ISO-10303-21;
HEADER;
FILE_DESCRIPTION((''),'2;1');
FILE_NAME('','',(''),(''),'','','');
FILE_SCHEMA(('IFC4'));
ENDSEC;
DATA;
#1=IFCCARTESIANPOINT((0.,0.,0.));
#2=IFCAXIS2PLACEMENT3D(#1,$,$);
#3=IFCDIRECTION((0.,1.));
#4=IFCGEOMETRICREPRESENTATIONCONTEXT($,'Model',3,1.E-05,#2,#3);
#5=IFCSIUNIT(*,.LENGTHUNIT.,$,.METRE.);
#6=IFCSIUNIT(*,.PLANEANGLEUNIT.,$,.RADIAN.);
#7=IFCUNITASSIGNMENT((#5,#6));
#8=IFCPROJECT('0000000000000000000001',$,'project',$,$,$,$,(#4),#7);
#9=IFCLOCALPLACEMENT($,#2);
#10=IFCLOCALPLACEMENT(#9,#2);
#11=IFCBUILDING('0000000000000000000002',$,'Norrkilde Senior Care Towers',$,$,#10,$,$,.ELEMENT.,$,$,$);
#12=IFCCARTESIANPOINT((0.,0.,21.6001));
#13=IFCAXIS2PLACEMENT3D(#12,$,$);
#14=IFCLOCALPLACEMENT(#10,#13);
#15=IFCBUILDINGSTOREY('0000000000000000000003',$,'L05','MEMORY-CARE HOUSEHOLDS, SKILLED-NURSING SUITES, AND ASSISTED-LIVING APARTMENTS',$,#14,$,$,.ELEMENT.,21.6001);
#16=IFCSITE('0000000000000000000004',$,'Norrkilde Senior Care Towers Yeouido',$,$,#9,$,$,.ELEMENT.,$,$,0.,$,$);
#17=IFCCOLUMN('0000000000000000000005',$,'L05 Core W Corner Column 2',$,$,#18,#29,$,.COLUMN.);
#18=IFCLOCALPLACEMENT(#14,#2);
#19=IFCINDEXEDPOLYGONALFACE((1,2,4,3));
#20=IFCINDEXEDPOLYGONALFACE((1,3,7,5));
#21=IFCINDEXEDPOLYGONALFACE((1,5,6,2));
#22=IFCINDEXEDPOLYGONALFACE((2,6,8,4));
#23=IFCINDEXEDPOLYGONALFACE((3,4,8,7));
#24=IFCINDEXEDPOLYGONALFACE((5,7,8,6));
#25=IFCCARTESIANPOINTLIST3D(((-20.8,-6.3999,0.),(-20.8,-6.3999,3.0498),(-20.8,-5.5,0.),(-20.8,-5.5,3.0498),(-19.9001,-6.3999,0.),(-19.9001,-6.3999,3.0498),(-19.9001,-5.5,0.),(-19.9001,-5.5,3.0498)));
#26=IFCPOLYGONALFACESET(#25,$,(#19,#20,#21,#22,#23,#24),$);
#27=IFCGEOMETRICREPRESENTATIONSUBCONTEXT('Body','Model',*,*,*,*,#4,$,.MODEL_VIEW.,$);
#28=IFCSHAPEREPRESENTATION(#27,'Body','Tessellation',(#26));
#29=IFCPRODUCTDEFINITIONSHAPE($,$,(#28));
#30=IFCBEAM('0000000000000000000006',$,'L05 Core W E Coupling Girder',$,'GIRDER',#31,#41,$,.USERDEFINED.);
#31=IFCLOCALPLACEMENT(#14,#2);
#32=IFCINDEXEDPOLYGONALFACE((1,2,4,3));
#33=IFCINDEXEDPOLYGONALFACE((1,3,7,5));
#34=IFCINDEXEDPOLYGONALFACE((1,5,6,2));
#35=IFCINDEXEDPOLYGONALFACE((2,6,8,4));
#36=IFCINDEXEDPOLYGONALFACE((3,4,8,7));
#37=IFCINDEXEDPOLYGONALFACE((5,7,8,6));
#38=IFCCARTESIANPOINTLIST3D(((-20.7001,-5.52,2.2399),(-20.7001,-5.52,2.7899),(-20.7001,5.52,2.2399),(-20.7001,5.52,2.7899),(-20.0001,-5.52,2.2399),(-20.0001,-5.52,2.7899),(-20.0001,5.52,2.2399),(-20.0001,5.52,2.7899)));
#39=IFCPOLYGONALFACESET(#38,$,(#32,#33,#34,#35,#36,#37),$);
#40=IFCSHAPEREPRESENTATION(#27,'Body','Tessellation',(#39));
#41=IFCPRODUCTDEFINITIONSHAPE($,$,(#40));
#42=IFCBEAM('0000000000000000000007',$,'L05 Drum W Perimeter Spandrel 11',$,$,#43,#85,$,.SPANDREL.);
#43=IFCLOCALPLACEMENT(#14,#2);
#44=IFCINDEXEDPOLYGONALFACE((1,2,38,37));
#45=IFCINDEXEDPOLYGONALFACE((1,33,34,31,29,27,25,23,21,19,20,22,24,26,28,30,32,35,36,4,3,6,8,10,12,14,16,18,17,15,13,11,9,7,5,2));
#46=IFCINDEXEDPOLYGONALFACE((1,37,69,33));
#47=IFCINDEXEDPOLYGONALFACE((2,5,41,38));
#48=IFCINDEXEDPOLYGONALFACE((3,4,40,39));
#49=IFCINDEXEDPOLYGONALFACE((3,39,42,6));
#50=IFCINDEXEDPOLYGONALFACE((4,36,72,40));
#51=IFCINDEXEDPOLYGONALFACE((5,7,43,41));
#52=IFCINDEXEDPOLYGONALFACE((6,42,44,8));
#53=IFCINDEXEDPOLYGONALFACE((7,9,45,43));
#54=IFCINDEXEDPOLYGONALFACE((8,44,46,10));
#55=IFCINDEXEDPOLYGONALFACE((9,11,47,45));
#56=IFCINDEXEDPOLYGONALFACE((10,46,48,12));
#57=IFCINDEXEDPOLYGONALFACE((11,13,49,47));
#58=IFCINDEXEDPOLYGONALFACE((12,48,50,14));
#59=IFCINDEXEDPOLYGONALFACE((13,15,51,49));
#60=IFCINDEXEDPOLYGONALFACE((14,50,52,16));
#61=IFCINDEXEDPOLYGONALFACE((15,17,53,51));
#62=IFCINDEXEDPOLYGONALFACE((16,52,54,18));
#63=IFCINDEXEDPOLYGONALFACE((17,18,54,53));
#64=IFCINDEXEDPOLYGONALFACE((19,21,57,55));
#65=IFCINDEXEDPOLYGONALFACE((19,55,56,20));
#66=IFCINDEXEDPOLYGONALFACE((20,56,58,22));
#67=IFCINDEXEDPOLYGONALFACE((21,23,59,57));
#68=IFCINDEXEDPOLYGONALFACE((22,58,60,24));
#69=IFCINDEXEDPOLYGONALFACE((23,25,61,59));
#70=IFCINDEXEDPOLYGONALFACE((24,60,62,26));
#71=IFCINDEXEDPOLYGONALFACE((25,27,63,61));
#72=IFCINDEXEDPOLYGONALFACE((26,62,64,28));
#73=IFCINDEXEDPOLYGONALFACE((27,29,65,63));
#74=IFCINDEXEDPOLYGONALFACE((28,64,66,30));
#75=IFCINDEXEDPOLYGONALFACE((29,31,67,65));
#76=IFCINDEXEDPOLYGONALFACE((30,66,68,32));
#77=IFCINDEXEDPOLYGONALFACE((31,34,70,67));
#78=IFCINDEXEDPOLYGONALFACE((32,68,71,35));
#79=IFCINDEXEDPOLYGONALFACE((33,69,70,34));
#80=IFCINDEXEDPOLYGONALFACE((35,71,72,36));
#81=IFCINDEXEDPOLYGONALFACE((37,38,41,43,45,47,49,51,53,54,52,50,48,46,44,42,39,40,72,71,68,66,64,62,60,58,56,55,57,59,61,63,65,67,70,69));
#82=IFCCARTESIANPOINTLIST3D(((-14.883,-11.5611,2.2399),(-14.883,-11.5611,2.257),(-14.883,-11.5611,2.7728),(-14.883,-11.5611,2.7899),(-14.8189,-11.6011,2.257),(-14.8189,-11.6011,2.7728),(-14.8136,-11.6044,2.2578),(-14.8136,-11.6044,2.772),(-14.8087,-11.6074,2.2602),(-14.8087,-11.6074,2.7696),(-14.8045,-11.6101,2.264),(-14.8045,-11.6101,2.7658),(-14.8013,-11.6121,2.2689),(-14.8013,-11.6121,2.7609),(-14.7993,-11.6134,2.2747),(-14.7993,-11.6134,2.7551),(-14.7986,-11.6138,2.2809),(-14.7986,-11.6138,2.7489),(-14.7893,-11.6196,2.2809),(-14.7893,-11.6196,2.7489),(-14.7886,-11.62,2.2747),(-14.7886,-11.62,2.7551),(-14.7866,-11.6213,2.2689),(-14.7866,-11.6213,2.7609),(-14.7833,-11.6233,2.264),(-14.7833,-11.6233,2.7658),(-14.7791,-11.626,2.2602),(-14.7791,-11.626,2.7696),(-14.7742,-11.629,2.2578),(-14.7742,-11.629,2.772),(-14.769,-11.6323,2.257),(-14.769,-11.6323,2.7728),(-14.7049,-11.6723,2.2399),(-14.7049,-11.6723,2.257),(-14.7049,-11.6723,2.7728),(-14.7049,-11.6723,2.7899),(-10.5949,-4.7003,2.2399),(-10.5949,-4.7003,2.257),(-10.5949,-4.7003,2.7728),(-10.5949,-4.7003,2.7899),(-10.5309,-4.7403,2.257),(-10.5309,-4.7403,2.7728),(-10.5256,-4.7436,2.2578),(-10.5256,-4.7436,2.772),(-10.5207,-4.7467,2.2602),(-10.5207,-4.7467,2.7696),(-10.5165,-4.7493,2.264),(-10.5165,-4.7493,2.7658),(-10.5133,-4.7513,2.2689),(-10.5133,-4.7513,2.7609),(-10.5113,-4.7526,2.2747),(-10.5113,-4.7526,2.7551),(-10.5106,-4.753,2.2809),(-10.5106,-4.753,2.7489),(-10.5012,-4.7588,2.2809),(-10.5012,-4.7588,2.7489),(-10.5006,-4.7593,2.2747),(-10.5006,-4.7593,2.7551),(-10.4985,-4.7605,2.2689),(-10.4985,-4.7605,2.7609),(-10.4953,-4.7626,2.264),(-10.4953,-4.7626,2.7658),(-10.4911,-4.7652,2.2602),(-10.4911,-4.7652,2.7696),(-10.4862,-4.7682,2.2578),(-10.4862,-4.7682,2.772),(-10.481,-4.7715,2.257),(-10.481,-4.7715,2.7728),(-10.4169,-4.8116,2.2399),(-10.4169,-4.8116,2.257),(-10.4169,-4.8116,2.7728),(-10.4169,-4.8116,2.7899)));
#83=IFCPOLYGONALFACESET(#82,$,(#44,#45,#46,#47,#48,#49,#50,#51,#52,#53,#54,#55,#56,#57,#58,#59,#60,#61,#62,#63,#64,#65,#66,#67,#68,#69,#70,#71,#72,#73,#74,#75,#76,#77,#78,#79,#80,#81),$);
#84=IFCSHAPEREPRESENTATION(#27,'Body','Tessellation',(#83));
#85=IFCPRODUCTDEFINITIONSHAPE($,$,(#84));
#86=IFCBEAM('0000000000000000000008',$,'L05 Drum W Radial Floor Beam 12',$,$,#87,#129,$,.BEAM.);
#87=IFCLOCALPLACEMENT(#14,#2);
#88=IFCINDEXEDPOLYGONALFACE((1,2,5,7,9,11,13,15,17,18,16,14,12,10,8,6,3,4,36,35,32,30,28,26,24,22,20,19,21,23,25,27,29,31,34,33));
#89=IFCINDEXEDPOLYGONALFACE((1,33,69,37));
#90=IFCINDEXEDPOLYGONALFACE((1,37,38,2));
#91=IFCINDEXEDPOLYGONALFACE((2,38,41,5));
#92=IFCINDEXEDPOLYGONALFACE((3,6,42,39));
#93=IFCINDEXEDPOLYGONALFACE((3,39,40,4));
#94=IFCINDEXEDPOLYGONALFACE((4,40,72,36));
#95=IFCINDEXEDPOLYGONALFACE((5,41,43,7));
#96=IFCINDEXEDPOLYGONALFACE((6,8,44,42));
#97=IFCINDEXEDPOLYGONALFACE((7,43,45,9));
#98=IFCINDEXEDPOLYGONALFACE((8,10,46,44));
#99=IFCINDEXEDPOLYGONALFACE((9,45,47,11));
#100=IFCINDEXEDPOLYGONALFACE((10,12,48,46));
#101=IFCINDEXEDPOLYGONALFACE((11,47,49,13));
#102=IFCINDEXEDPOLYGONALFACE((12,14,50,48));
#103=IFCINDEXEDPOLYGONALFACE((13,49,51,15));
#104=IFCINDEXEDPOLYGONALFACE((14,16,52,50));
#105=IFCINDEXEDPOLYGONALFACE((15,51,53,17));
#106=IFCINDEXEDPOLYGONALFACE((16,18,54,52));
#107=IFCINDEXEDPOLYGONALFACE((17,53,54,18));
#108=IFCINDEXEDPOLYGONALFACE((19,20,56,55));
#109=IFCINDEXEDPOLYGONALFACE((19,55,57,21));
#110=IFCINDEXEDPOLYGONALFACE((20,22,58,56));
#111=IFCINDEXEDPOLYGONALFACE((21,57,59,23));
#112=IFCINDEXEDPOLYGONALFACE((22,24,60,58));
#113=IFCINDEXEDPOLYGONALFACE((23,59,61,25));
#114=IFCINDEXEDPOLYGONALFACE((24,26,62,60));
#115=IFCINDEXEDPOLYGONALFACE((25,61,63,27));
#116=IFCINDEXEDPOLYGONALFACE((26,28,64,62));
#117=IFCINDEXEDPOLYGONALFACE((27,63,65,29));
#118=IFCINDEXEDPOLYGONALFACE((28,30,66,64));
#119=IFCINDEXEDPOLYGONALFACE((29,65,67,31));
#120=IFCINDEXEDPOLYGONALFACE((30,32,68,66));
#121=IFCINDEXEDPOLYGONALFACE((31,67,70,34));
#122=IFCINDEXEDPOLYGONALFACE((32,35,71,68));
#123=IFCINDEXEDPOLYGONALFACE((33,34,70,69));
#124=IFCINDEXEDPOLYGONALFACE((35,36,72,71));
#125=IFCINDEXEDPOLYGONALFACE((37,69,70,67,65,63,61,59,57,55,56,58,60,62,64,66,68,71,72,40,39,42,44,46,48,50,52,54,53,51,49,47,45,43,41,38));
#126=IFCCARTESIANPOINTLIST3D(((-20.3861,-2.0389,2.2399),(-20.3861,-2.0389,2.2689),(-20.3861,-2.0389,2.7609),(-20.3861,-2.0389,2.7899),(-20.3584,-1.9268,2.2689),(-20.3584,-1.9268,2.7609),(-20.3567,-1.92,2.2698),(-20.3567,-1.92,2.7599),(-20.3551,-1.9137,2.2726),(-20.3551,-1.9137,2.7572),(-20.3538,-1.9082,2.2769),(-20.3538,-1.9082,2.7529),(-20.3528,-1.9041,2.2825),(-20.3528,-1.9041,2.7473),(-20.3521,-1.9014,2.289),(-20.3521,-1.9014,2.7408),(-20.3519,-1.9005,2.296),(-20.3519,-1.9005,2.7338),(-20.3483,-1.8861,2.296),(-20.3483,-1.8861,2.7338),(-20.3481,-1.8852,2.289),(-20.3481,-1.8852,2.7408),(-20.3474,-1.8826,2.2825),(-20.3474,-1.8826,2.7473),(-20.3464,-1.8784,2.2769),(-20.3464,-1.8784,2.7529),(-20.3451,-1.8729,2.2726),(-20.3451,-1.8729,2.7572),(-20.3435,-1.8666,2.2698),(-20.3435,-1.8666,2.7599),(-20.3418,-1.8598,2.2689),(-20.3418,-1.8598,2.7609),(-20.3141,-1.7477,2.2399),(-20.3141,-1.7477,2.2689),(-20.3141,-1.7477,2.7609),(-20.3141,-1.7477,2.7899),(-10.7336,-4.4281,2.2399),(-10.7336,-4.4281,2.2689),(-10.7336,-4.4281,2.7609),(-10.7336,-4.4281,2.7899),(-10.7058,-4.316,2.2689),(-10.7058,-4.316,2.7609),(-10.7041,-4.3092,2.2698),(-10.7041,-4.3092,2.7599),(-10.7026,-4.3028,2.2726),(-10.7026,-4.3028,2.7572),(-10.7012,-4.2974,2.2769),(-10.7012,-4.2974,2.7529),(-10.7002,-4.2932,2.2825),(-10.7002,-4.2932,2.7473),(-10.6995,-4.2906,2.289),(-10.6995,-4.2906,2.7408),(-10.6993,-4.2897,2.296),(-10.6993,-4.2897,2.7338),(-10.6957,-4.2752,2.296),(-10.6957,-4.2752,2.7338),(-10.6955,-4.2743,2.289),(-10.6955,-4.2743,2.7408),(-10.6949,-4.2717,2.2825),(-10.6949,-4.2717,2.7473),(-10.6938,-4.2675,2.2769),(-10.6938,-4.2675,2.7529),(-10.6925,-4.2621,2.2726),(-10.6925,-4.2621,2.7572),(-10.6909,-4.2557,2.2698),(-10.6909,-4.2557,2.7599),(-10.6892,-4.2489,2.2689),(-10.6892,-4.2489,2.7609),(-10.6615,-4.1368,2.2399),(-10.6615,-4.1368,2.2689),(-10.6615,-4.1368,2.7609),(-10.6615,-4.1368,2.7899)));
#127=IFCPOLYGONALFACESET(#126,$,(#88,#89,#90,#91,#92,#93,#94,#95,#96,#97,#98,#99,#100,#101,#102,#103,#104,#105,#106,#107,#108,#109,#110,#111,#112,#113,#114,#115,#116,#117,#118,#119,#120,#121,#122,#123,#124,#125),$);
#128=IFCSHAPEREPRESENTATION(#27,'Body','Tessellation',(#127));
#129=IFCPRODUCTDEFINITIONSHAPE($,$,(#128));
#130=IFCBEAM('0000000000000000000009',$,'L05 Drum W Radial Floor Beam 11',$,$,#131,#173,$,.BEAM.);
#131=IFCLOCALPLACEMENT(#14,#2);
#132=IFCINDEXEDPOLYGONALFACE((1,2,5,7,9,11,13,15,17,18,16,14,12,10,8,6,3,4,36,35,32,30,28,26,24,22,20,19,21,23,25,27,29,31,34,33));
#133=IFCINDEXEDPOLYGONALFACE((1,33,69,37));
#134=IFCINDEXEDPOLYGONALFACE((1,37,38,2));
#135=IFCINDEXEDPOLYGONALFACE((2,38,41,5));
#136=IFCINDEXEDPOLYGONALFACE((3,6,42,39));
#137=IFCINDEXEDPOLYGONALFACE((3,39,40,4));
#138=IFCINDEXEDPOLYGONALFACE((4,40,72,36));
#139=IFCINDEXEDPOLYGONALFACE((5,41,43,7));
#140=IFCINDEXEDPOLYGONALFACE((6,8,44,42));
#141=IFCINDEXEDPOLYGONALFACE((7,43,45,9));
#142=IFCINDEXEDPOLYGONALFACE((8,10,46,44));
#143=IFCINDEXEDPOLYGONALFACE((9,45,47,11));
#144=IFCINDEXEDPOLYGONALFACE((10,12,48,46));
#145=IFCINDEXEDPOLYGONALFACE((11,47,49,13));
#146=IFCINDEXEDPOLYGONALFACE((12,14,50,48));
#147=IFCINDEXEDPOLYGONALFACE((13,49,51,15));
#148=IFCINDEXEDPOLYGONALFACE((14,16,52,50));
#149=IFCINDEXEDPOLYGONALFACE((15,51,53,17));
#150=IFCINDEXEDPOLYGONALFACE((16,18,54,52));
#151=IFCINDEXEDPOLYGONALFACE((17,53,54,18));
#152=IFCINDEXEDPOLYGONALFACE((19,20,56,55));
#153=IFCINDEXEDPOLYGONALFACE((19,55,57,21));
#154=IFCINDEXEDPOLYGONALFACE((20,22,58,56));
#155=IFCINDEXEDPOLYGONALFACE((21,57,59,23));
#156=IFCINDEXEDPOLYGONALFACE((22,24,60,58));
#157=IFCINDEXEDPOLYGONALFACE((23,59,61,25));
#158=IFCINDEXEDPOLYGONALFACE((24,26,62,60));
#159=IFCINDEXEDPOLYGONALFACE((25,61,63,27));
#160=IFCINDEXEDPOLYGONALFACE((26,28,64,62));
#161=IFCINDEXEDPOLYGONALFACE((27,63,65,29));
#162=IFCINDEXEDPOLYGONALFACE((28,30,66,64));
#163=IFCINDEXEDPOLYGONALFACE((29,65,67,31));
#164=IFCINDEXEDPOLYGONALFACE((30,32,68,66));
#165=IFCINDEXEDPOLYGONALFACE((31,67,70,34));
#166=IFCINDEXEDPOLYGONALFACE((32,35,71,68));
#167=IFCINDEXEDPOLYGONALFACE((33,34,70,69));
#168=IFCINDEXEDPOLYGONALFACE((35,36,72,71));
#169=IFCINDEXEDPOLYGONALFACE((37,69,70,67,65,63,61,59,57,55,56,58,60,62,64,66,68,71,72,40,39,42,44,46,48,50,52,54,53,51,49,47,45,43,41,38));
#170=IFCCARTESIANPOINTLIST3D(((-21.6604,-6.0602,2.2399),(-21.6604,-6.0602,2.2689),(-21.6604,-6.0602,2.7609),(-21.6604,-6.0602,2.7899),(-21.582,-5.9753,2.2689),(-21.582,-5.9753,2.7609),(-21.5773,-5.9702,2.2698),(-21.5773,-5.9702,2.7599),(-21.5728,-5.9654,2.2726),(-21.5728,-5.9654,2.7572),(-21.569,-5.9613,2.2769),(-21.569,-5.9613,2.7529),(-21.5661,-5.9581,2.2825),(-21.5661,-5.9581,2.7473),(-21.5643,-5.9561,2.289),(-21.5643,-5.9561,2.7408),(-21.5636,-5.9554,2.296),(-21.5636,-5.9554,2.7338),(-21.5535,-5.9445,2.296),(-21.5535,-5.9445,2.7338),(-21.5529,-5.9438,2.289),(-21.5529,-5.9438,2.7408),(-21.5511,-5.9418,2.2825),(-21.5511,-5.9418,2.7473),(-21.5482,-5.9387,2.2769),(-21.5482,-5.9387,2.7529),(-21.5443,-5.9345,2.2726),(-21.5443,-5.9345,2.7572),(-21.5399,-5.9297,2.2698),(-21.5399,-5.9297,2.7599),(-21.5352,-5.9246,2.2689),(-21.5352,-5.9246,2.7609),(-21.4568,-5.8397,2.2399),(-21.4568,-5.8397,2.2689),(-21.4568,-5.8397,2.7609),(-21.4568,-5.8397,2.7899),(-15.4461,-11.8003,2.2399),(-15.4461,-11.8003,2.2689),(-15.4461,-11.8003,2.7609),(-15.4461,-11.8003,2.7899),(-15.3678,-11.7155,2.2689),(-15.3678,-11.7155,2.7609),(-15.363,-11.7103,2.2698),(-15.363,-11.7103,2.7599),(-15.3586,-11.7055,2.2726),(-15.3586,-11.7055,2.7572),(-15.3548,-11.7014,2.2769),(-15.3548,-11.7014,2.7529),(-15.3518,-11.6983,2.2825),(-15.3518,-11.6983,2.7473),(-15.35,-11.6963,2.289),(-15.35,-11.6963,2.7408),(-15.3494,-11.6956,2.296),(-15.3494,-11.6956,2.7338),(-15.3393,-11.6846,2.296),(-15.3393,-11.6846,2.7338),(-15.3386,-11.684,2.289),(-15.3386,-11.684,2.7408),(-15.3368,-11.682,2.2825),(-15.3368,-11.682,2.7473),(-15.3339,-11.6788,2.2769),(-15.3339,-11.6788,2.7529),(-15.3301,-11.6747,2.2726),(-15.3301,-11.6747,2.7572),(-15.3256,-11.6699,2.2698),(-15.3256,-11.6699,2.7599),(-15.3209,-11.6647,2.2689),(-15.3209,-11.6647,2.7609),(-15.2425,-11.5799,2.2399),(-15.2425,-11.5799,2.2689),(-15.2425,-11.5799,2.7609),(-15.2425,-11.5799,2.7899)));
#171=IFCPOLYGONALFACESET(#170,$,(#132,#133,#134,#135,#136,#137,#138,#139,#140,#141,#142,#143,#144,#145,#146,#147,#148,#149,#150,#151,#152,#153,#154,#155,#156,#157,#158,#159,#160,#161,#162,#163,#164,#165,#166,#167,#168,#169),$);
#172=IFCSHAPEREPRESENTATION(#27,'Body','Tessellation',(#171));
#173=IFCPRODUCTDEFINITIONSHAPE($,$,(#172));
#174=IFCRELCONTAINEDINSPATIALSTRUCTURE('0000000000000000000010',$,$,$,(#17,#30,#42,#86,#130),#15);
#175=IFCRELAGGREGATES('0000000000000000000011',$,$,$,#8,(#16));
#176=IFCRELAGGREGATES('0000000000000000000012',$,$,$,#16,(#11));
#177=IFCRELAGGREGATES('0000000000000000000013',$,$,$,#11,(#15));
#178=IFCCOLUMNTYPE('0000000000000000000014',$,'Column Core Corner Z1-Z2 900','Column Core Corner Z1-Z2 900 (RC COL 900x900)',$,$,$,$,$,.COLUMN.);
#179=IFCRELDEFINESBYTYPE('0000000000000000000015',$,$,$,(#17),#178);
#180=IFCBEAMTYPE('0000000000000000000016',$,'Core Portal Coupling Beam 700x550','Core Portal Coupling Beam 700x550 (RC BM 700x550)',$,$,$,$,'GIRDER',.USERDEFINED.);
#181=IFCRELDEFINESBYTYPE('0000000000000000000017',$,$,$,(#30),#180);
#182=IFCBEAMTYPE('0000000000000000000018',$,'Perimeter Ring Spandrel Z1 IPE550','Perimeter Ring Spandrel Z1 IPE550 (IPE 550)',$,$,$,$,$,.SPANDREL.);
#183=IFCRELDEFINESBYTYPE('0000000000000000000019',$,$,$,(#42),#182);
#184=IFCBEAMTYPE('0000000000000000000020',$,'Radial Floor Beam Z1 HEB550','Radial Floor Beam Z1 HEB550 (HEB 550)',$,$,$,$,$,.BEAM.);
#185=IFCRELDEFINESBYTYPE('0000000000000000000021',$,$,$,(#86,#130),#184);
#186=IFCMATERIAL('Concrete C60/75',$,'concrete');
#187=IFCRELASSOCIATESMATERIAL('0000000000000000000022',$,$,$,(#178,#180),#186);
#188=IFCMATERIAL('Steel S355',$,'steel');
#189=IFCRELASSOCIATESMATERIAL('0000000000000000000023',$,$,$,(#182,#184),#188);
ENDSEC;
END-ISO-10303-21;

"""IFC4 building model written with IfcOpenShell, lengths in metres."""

from ifc_helpers import new_model, si_unit, direction, frame, origin, origin_2d, place, context, subcontext, project, spatial, rectangle, i_section, extrude, source, transform, mapped, material, material_profile, profile_set, type_object, type_shapes, element, save


model = new_model("IFC4")

# Units and contexts
model_context = context("Model", 3, precision=1e-05, world=origin(), true_north=direction((0.0, 1.0)))
body_context = subcontext(model_context, "Body", "Model", "MODEL_VIEW")
ifc_project = project(units=[si_unit("LENGTHUNIT", "METRE"), si_unit("PLANEANGLEUNIT", "RADIAN")], contexts=[model_context])

# Site, building, storey
site_placement = place(None, origin())
site = spatial("IfcSite", under=ifc_project, at=site_placement, Name="Norrkilde Senior Care Towers Yeouido", CompositionType="ELEMENT", RefElevation=0.0)
building_placement = place(site_placement, origin())
building = spatial("IfcBuilding", under=site, at=building_placement, Name="Norrkilde Senior Care Towers", CompositionType="ELEMENT")
storey_placement = place(building_placement, frame((0.0, 0.0, 21.6001)))
storey = spatial("IfcBuildingStorey", under=building, at=storey_placement, Name="L05", Description="MEMORY-CARE HOUSEHOLDS, SKILLED-NURSING SUITES, AND ASSISTED-LIVING APARTMENTS", CompositionType="ELEMENT", Elevation=21.6001)

# Column
ifc_material_1 = material(Name="Concrete C60/75", Category="concrete")
ifc_material_profile_1 = material_profile(ifc_material_1, rectangle(XDim=0.8999, YDim=0.8999, at=origin_2d()), Name="RC COL 900x900")
ifc_profile_set_1 = profile_set([ifc_material_profile_1], Name="Concrete C60/75")
column_type = type_object("IfcColumnType", Name="Column Core Corner Z1-Z2 900", Description="Column Core Corner Z1-Z2 900 (RC COL 900x900)", PredefinedType="COLUMN", material=ifc_profile_set_1)
shared_shape_1 = source(origin(), body_context, "Body", "SweptSolid", [
    extrude(rectangle(XDim=0.8999, YDim=0.8999, at=origin_2d()), origin(), (0.0, 0.0, 1.0), 3.0498),
])
type_shapes(column_type, [shared_shape_1])
column_placement = place(storey_placement, frame((-20.3501, -5.95, 0.0), z_axis=(0.0, 0.0, 1.0), x_axis=(1.0, 0.0, 0.0)))
element("IfcColumn", 1, at=column_placement, inside=storey, type_object=column_type, Name="L05 Core W Corner Column 2", PredefinedType="COLUMN", context=body_context, shape_type="MappedRepresentation", body=[
    mapped(shared_shape_1, transform((0.0, 0.0, 0.0), x_axis=(1.0, 0.0, 0.0), y_axis=(0.0, 1.0, 0.0), z_axis=(0.0, 0.0, 1.0), scale=1.0)),
])

# Beams
ifc_material_profile_2 = material_profile(ifc_material_1, rectangle(XDim=0.7, YDim=0.55, at=origin_2d()), Name="RC BM 700x550")
ifc_profile_set_2 = profile_set([ifc_material_profile_2], Name="Concrete C60/75")
beam_type_1 = type_object("IfcBeamType", Name="Core Portal Coupling Beam 700x550", Description="Core Portal Coupling Beam 700x550 (RC BM 700x550)", ElementType="GIRDER", PredefinedType="USERDEFINED", material=ifc_profile_set_2)
shared_shape_2 = source(origin(), body_context, "Body", "SweptSolid", [
    extrude(rectangle(XDim=0.7, YDim=0.55, at=origin_2d()), origin(), (0.0, 0.0, 1.0), 11.04),
])
type_shapes(beam_type_1, [shared_shape_2])
beam_1_placement = place(storey_placement, frame((-20.3501, -5.52, 2.5149), z_axis=(0.0, 1.0, 0.0), x_axis=(-1.0, 0.0, 0.0)))
element("IfcBeam", 2, at=beam_1_placement, inside=storey, type_object=beam_type_1, Name="L05 Core W E Coupling Girder", ObjectType="GIRDER", PredefinedType="USERDEFINED", context=body_context, shape_type="MappedRepresentation", body=[
    mapped(shared_shape_2, transform((0.0, 0.0, 0.0), x_axis=(1.0, 0.0, 0.0), y_axis=(0.0, 1.0, 0.0), z_axis=(0.0, 0.0, 1.0), scale=1.0)),
])
ifc_material_2 = material(Name="Steel S355", Category="steel")
ifc_material_profile_3 = material_profile(ifc_material_2, i_section(OverallWidth=0.21, OverallDepth=0.55, WebThickness=0.011, FlangeThickness=0.0171, FilletRadius=0.0239, at=origin_2d()), Name="IPE 550")
ifc_profile_set_3 = profile_set([ifc_material_profile_3], Name="Steel S355")
beam_type_2 = type_object("IfcBeamType", Name="Perimeter Ring Spandrel Z1 IPE550", Description="Perimeter Ring Spandrel Z1 IPE550 (IPE 550)", PredefinedType="SPANDREL", material=ifc_profile_set_3)
shared_shape_3 = source(origin(), body_context, "Body", "SweptSolid", [
    extrude(i_section(OverallWidth=0.21, OverallDepth=0.55, WebThickness=0.011, FlangeThickness=0.0171, FilletRadius=0.0239, at=origin_2d()), origin(), (0.0, 0.0, 1.0), 8.0906),
])
type_shapes(beam_type_2, [shared_shape_3])
beam_2_placement = place(storey_placement, frame((-14.7939, -11.6167, 2.5149), z_axis=(0.530004, 0.847995, 0.0), x_axis=(-0.847995, 0.530004, 0.0)))
element("IfcBeam", 3, at=beam_2_placement, inside=storey, type_object=beam_type_2, Name="L05 Drum W Perimeter Spandrel 11", PredefinedType="SPANDREL", context=body_context, shape_type="MappedRepresentation", body=[
    mapped(shared_shape_3, transform((0.0, 0.0, 0.0), x_axis=(1.0, 0.0, 0.0), y_axis=(0.0, 1.0, 0.0), z_axis=(0.0, 0.0, 1.0), scale=1.0)),
])
ifc_material_profile_4 = material_profile(ifc_material_2, i_section(OverallWidth=0.3, OverallDepth=0.55, WebThickness=0.0149, FlangeThickness=0.0291, FilletRadius=0.0271, at=origin_2d()), Name="HEB 550")
ifc_profile_set_4 = profile_set([ifc_material_profile_4], Name="Steel S355")
beam_type_3 = type_object("IfcBeamType", Name="Radial Floor Beam Z1 HEB550", Description="Radial Floor Beam Z1 HEB550 (HEB 550)", PredefinedType="BEAM", material=ifc_profile_set_4)
shared_shape_4 = source(origin(), body_context, "Body", "SweptSolid", [
    extrude(i_section(OverallWidth=0.3, OverallDepth=0.55, WebThickness=0.0149, FlangeThickness=0.0291, FilletRadius=0.0271, at=origin_2d()), origin(), (0.0, 0.0, 1.0), 9.9438),
])
beam_3_placement = place(storey_placement, frame((-20.3501, -1.8933, 2.5149), z_axis=(0.970707, -0.240265, 0.0), x_axis=(0.240265, 0.970707, 0.0)))
element("IfcBeam", 4, at=beam_3_placement, inside=storey, type_object=beam_type_3, Name="L05 Drum W Radial Floor Beam 12", PredefinedType="BEAM", context=body_context, shape_type="MappedRepresentation", body=[
    mapped(shared_shape_4, transform((0.0, 0.0, 0.0), x_axis=(1.0, 0.0, 0.0), y_axis=(0.0, 1.0, 0.0), z_axis=(0.0, 0.0, 1.0), scale=1.0)),
])
shared_shape_5 = source(origin(), body_context, "Body", "SweptSolid", [
    extrude(i_section(OverallWidth=0.3, OverallDepth=0.55, WebThickness=0.0149, FlangeThickness=0.0291, FilletRadius=0.0271, at=origin_2d()), origin(), (0.0, 0.0, 1.0), 8.4597),
])
type_shapes(beam_type_3, [shared_shape_4, shared_shape_5])
beam_4_placement = place(storey_placement, frame((-21.5586, -5.95, 2.5149), z_axis=(0.734573, -0.678529, 0.0), x_axis=(0.678529, 0.734573, 0.0)))
element("IfcBeam", 5, at=beam_4_placement, inside=storey, type_object=beam_type_3, Name="L05 Drum W Radial Floor Beam 11", PredefinedType="BEAM", context=body_context, shape_type="MappedRepresentation", body=[
    mapped(shared_shape_5, transform((0.0, 0.0, 0.0), x_axis=(1.0, 0.0, 0.0), y_axis=(0.0, 1.0, 0.0), z_axis=(0.0, 0.0, 1.0), scale=1.0)),
])

save(model, "model.ifc")
